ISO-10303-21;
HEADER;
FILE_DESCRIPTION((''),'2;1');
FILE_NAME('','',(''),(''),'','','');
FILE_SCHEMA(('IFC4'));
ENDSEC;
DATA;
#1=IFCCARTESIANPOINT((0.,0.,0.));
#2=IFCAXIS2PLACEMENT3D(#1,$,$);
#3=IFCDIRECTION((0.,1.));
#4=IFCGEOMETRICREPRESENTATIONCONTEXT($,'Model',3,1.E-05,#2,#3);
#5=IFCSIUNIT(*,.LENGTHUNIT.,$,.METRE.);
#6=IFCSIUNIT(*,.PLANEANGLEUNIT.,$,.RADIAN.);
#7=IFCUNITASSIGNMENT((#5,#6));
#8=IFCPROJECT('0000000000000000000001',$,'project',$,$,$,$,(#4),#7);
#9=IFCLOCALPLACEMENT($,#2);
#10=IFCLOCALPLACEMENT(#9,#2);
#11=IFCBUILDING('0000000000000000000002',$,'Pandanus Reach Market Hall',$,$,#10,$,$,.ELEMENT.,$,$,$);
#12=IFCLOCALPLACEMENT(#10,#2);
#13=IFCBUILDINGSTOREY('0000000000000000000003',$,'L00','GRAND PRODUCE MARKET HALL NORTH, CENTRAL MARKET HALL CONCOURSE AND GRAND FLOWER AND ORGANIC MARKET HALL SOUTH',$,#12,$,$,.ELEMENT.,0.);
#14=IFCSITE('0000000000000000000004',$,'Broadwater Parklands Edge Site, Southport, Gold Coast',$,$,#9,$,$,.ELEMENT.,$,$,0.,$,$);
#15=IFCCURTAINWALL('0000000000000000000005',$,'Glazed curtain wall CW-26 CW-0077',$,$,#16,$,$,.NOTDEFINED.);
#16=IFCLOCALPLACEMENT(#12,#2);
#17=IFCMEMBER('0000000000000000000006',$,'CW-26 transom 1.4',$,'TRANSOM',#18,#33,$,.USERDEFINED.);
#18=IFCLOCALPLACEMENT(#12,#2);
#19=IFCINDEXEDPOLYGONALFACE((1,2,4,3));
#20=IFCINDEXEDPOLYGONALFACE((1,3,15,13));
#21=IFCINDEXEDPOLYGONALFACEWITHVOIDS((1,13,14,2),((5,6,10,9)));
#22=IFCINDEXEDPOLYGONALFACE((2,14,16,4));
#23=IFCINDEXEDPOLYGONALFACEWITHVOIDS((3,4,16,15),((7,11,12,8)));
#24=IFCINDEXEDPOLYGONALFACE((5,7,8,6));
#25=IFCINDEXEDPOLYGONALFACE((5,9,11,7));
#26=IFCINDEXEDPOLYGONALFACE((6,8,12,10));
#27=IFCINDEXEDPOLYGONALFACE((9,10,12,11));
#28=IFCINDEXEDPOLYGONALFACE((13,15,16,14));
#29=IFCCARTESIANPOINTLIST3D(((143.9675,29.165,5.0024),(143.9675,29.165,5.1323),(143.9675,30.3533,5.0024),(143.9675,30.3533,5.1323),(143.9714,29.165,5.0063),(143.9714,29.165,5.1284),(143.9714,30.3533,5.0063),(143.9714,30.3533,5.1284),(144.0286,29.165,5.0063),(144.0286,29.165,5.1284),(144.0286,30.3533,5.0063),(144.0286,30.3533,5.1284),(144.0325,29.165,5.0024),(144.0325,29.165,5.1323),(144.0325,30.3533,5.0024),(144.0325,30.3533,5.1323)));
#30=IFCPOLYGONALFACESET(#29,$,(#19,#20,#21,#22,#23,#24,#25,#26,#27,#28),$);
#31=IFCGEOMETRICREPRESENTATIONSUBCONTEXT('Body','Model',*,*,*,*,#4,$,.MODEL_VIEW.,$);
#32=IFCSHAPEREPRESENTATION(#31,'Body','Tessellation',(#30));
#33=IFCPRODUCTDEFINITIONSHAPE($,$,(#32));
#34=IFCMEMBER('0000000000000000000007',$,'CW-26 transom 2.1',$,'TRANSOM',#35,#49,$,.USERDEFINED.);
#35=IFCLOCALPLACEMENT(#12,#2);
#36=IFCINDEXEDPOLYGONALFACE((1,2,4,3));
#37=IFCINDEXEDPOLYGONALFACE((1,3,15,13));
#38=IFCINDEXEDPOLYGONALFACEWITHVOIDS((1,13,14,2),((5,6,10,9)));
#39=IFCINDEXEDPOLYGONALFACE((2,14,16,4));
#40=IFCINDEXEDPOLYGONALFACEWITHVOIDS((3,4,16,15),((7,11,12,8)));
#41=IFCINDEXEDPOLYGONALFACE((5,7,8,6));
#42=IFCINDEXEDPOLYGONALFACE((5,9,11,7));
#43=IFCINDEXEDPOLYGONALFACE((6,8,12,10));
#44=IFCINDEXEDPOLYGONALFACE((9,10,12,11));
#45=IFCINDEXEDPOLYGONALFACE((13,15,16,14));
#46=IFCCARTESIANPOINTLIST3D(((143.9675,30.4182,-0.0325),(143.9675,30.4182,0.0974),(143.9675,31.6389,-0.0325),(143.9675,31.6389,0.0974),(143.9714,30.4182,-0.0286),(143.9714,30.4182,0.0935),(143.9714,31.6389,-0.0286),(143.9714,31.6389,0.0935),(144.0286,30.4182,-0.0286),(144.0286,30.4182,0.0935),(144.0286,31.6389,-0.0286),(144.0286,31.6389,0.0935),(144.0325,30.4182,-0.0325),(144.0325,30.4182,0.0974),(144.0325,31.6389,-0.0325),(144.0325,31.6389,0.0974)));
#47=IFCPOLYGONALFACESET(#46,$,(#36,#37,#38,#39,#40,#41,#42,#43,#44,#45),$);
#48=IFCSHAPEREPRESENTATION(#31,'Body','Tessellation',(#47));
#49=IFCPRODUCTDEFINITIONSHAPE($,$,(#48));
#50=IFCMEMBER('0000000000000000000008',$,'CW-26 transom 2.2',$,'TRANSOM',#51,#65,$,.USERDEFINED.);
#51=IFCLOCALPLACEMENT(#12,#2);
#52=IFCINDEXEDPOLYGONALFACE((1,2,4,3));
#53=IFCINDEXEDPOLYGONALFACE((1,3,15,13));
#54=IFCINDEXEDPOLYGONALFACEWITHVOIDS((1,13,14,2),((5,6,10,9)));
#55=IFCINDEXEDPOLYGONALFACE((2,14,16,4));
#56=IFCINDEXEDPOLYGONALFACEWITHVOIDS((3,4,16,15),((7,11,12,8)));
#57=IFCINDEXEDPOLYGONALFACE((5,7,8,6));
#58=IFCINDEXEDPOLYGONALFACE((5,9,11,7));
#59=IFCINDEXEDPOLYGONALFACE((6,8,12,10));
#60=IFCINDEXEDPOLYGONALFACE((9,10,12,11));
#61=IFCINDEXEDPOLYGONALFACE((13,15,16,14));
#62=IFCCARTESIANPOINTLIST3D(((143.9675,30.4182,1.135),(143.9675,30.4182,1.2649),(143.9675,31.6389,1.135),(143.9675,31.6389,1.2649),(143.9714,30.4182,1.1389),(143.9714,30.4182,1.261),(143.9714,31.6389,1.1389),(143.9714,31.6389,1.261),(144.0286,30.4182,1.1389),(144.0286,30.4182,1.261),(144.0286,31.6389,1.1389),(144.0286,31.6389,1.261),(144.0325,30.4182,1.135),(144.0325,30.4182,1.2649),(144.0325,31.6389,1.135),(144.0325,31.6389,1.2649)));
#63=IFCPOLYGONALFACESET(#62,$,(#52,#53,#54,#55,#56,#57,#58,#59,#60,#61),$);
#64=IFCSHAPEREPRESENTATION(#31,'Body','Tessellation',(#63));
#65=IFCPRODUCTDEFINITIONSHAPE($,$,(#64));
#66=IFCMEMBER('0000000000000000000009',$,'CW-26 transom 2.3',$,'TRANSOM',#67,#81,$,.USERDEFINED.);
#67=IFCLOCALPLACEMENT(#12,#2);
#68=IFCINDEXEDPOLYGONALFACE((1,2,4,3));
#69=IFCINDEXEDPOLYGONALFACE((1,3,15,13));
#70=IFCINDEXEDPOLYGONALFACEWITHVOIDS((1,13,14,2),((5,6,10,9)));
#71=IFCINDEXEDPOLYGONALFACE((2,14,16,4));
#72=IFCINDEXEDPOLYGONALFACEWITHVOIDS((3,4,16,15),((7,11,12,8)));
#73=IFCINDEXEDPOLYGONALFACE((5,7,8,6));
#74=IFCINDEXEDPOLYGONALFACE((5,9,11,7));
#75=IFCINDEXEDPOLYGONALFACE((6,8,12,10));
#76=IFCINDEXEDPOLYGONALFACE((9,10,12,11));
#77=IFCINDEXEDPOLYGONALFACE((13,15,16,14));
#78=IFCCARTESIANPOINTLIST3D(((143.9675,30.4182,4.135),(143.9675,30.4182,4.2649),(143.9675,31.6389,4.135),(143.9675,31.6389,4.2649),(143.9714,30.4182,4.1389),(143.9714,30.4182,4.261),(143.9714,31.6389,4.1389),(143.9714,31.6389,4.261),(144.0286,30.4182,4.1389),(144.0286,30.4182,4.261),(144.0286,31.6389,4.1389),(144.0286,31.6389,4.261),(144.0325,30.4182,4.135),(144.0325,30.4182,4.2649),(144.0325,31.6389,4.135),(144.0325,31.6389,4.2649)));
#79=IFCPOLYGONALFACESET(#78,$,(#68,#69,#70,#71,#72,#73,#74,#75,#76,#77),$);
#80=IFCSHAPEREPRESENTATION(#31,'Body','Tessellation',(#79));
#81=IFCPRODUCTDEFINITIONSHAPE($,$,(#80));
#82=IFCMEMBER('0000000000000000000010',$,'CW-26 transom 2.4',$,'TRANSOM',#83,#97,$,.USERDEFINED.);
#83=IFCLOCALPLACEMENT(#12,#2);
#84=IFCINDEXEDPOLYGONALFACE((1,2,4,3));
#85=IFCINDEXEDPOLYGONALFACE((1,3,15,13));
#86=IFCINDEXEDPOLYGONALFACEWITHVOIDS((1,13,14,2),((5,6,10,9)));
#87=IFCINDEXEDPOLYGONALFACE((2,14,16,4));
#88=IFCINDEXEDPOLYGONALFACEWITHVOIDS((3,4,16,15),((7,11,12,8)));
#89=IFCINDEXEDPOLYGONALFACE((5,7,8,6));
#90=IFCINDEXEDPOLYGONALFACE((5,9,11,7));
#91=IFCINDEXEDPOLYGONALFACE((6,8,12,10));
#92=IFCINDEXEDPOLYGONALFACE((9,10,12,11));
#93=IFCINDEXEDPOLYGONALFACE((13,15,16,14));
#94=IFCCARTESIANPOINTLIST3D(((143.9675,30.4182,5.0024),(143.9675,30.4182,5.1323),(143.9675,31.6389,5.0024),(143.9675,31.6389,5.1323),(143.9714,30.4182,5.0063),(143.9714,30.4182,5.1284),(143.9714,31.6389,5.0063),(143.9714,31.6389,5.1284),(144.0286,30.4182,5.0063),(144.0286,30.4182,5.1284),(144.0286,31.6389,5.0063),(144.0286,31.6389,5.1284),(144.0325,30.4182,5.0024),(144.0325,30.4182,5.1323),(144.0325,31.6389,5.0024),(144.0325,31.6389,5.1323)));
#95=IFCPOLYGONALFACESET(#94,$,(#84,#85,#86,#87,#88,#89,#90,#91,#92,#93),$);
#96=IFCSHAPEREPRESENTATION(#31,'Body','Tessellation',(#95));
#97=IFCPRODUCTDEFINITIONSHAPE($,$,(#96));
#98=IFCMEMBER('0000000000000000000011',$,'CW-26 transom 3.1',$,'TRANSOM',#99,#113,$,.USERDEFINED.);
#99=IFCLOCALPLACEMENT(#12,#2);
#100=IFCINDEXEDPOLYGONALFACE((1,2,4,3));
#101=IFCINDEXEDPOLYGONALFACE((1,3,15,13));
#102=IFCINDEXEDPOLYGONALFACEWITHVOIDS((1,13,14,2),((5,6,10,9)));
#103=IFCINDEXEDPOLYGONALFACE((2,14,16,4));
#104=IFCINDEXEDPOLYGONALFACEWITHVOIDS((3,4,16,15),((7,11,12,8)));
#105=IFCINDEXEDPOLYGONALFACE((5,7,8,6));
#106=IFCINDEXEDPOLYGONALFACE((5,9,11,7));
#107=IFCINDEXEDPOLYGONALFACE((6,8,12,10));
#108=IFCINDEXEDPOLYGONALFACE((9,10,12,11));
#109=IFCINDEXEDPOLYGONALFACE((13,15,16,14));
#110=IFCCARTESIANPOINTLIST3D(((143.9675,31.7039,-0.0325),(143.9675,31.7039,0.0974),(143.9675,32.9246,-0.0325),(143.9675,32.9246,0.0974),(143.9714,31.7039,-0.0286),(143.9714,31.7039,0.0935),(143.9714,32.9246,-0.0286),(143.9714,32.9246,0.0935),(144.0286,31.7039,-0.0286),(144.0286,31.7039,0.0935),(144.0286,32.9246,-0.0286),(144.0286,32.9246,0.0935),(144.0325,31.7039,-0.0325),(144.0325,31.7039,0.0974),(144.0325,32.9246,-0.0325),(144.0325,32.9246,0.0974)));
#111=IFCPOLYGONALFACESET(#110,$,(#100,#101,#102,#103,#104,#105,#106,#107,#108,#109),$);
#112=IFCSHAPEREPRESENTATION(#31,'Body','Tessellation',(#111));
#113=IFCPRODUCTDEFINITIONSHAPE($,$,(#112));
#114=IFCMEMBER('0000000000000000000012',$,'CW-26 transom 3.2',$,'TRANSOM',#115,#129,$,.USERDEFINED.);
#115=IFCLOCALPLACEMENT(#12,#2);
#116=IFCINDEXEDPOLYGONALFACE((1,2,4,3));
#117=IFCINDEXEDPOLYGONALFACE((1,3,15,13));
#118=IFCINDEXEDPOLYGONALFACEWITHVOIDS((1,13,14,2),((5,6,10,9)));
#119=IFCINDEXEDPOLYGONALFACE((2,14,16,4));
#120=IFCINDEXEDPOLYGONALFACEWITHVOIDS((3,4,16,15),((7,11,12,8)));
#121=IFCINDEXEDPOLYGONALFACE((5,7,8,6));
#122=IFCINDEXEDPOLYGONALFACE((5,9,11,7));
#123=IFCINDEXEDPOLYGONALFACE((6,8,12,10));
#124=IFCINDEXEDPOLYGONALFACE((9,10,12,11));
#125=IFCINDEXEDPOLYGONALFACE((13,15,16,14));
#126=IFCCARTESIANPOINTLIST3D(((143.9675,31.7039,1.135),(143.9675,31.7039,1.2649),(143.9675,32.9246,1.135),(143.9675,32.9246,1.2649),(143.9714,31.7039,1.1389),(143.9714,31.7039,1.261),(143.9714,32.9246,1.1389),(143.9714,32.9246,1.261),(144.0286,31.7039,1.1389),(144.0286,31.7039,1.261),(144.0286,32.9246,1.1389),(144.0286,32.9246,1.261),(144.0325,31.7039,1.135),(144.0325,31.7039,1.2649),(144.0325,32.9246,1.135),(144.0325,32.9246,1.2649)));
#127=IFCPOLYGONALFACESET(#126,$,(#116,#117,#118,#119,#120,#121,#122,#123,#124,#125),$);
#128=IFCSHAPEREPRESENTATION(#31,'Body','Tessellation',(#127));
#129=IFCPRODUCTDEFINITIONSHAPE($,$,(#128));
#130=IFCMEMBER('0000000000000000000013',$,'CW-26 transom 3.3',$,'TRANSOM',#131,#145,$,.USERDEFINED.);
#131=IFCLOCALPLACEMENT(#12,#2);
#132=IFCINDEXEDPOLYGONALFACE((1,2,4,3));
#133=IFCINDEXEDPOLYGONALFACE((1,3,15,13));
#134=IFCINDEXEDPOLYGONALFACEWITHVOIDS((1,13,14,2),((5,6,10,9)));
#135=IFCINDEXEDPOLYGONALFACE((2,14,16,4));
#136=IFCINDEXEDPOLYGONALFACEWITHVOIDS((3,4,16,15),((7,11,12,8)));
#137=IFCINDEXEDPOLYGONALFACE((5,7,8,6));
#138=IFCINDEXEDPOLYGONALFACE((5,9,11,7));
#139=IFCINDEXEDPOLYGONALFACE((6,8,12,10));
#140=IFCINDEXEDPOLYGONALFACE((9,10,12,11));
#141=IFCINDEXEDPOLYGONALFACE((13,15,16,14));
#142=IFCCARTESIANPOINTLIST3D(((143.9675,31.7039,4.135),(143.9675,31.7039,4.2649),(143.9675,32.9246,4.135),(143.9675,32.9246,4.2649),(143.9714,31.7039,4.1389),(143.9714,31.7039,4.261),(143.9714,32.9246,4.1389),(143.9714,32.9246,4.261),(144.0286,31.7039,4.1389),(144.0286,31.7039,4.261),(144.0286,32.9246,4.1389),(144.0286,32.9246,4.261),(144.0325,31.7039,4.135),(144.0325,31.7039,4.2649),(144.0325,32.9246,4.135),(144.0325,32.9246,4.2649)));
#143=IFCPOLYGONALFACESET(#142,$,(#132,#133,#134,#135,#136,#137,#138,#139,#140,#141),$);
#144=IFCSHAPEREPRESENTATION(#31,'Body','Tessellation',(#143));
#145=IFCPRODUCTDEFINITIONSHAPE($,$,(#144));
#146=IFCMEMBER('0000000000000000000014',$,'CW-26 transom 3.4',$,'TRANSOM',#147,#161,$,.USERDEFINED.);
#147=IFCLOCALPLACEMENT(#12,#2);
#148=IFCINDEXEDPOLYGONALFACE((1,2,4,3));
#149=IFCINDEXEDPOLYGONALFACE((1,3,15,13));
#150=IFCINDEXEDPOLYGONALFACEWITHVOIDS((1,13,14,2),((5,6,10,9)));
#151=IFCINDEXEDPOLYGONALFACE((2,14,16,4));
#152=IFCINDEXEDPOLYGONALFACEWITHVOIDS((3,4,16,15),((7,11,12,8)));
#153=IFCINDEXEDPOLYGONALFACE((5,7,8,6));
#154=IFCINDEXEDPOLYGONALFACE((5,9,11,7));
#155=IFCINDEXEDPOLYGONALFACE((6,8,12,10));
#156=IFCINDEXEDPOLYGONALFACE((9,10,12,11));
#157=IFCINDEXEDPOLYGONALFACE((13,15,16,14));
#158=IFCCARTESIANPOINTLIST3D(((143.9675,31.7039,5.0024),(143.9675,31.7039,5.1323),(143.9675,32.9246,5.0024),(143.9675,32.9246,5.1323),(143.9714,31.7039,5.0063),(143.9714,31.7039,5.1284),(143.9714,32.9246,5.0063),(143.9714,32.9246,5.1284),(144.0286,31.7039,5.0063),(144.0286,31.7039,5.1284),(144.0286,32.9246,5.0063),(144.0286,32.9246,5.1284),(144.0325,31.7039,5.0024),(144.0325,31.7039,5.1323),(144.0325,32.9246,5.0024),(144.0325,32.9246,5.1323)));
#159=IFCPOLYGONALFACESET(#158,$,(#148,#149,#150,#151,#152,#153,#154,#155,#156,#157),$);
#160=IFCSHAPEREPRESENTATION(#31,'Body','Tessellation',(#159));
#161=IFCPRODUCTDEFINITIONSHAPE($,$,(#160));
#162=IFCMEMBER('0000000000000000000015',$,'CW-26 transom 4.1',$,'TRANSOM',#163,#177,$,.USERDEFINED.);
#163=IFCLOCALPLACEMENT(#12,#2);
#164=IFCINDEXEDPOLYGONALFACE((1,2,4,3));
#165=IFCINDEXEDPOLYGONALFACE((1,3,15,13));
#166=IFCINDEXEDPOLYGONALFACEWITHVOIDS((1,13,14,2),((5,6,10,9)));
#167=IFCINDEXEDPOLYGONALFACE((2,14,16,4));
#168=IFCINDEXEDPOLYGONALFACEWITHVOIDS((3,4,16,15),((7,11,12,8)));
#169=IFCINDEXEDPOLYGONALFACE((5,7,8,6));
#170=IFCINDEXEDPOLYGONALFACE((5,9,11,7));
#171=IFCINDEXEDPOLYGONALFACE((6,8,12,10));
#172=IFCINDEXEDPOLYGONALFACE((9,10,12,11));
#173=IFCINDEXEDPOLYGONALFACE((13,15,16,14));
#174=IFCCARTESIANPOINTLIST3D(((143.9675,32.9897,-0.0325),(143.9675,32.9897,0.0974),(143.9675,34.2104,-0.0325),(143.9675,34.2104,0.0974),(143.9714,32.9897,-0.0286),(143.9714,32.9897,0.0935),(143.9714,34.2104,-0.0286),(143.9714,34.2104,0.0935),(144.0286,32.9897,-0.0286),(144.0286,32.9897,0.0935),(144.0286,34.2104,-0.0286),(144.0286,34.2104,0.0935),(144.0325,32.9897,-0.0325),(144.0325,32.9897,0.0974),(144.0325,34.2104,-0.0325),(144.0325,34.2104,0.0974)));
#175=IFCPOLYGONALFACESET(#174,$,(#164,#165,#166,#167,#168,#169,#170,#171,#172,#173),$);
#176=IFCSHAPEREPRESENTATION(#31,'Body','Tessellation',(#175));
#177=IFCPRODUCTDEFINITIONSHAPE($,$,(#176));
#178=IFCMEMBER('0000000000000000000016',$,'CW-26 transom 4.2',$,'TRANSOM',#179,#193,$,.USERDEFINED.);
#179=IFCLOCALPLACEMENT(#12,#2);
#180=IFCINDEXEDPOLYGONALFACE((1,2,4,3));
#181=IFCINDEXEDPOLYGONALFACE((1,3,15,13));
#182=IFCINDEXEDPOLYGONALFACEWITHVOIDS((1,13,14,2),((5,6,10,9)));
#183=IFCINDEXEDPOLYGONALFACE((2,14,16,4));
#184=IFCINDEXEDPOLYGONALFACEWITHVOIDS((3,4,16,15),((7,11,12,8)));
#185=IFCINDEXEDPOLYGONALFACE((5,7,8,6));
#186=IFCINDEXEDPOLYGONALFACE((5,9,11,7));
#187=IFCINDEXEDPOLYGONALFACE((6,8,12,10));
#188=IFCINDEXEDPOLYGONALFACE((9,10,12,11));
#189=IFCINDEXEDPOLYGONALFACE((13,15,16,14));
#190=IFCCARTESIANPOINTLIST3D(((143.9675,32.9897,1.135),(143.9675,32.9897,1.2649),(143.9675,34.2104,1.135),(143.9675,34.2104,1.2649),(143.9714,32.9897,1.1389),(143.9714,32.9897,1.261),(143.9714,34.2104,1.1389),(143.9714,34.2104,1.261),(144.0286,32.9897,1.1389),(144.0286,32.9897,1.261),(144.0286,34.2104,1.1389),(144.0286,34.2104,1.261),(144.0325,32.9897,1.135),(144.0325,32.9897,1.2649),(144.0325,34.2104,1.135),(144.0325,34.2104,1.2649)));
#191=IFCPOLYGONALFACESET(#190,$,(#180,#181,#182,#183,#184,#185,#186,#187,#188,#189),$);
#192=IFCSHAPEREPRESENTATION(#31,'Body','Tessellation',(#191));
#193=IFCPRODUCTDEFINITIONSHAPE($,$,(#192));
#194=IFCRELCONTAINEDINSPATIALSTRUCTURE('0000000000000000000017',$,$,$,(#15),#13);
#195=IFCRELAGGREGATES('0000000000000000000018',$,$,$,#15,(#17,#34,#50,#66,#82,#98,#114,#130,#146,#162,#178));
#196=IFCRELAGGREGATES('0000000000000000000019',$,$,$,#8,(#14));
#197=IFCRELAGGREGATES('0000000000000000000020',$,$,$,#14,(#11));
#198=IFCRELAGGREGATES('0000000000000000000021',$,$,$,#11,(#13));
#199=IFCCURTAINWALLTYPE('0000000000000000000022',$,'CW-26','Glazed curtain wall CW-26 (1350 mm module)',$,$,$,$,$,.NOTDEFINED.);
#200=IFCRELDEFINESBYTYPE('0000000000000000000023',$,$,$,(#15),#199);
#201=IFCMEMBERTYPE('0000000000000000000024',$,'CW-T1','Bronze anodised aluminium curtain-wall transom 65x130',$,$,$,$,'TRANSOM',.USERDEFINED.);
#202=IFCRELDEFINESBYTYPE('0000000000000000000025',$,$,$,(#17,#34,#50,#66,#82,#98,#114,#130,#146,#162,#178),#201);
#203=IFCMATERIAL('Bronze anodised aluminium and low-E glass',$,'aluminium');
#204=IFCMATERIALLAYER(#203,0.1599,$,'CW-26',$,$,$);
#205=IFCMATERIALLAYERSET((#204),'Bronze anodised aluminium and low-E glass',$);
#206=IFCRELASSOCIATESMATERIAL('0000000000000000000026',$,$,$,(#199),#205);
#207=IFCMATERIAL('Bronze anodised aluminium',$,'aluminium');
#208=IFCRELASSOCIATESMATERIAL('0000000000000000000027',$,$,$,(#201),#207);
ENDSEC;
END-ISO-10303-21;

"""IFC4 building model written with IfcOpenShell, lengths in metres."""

from ifc_helpers import new_model, si_unit, direction, frame, origin, origin_2d, place, context, subcontext, project, spatial, hollow_rectangle, extrude, material, layer, layer_set, material_profile, profile_set, type_object, element, aggregate, save


model = new_model("IFC4")

# Units and contexts
model_context = context("Model", 3, precision=1e-05, world=origin(), true_north=direction((0.0, 1.0)))
body_context = subcontext(model_context, "Body", "Model", "MODEL_VIEW")
ifc_project = project(units=[si_unit("LENGTHUNIT", "METRE"), si_unit("PLANEANGLEUNIT", "RADIAN")], contexts=[model_context])

# Site, building, storey
site_placement = place(None, origin())
site = spatial("IfcSite", under=ifc_project, at=site_placement, Name="Broadwater Parklands Edge Site, Southport, Gold Coast", CompositionType="ELEMENT", RefElevation=0.0)
building_placement = place(site_placement, origin())
building = spatial("IfcBuilding", under=site, at=building_placement, Name="Pandanus Reach Market Hall", CompositionType="ELEMENT")
storey_placement = place(building_placement, origin())
storey = spatial("IfcBuildingStorey", under=building, at=storey_placement, Name="L00", Description="GRAND PRODUCE MARKET HALL NORTH, CENTRAL MARKET HALL CONCOURSE AND GRAND FLOWER AND ORGANIC MARKET HALL SOUTH", CompositionType="ELEMENT", Elevation=0.0)

# Curtain wall, members
ifc_material_1 = material(Name="Bronze anodised aluminium and low-E glass", Category="aluminium")
ifc_layer_1 = layer(ifc_material_1, 0.1599, Name="CW-26")
ifc_layer_set_1 = layer_set([ifc_layer_1], Name="Bronze anodised aluminium and low-E glass")
curtain_wall_type = type_object("IfcCurtainWallType", Name="CW-26", Description="Glazed curtain wall CW-26 (1350 mm module)", PredefinedType="NOTDEFINED", material=ifc_layer_set_1)
curtain_wall_placement = place(storey_placement, origin())
curtain_wall = element("IfcCurtainWall", 1, at=curtain_wall_placement, inside=storey, type_object=curtain_wall_type, Name="Glazed curtain wall CW-26 CW-0077", PredefinedType="NOTDEFINED")
ifc_material_2 = material(Name="Bronze anodised aluminium", Category="aluminium")
ifc_material_profile_1 = material_profile(ifc_material_2, hollow_rectangle(XDim=0.0649, YDim=0.1299, WallThickness=0.0039, at=origin_2d()), Name="ALU65x130", Category="LoadBearing")
ifc_profile_set_1 = profile_set([ifc_material_profile_1], Name="Bronze anodised aluminium")
member_type_1 = type_object("IfcMemberType", Name="CW-T1", Description="Bronze anodised aluminium curtain-wall transom 65x130", ElementType="TRANSOM", PredefinedType="USERDEFINED", material=ifc_profile_set_1)
member_1_placement = place(storey_placement, frame((144.0, 29.165, 5.0674), z_axis=(0.0, 1.0, 0.0), x_axis=(-1.0, 0.0, 0.0)))
member_1 = element("IfcMember", 2, at=member_1_placement, type_object=member_type_1, Name="CW-26 transom 1.4", ObjectType="TRANSOM", PredefinedType="USERDEFINED", context=body_context, shape_type="SweptSolid", body=[
    extrude(hollow_rectangle(XDim=0.0649, YDim=0.1299, WallThickness=0.0039, at=origin_2d()), origin(), (0.0, 0.0, 1.0), 1.1882),
])
member_2_placement = place(storey_placement, frame((144.0, 30.4182, 0.0325), z_axis=(0.0, 1.0, 0.0), x_axis=(-1.0, 0.0, 0.0)))
member_2 = element("IfcMember", 3, at=member_2_placement, type_object=member_type_1, Name="CW-26 transom 2.1", ObjectType="TRANSOM", PredefinedType="USERDEFINED", context=body_context, shape_type="SweptSolid", body=[
    extrude(hollow_rectangle(XDim=0.0649, YDim=0.1299, WallThickness=0.0039, at=origin_2d()), origin(), (0.0, 0.0, 1.0), 1.2207),
])
member_3_placement = place(storey_placement, frame((144.0, 30.4182, 1.2), z_axis=(0.0, 1.0, 0.0), x_axis=(-1.0, 0.0, 0.0)))
member_3 = element("IfcMember", 4, at=member_3_placement, type_object=member_type_1, Name="CW-26 transom 2.2", ObjectType="TRANSOM", PredefinedType="USERDEFINED", context=body_context, shape_type="SweptSolid", body=[
    extrude(hollow_rectangle(XDim=0.0649, YDim=0.1299, WallThickness=0.0039, at=origin_2d()), origin(), (0.0, 0.0, 1.0), 1.2207),
])
member_4_placement = place(storey_placement, frame((144.0, 30.4182, 4.2), z_axis=(0.0, 1.0, 0.0), x_axis=(-1.0, 0.0, 0.0)))
member_4 = element("IfcMember", 5, at=member_4_placement, type_object=member_type_1, Name="CW-26 transom 2.3", ObjectType="TRANSOM", PredefinedType="USERDEFINED", context=body_context, shape_type="SweptSolid", body=[
    extrude(hollow_rectangle(XDim=0.0649, YDim=0.1299, WallThickness=0.0039, at=origin_2d()), origin(), (0.0, 0.0, 1.0), 1.2207),
])
member_5_placement = place(storey_placement, frame((144.0, 30.4182, 5.0674), z_axis=(0.0, 1.0, 0.0), x_axis=(-1.0, 0.0, 0.0)))
member_5 = element("IfcMember", 6, at=member_5_placement, type_object=member_type_1, Name="CW-26 transom 2.4", ObjectType="TRANSOM", PredefinedType="USERDEFINED", context=body_context, shape_type="SweptSolid", body=[
    extrude(hollow_rectangle(XDim=0.0649, YDim=0.1299, WallThickness=0.0039, at=origin_2d()), origin(), (0.0, 0.0, 1.0), 1.2207),
])
member_6_placement = place(storey_placement, frame((144.0, 31.7039, 0.0325), z_axis=(0.0, 1.0, 0.0), x_axis=(-1.0, 0.0, 0.0)))
member_6 = element("IfcMember", 7, at=member_6_placement, type_object=member_type_1, Name="CW-26 transom 3.1", ObjectType="TRANSOM", PredefinedType="USERDEFINED", context=body_context, shape_type="SweptSolid", body=[
    extrude(hollow_rectangle(XDim=0.0649, YDim=0.1299, WallThickness=0.0039, at=origin_2d()), origin(), (0.0, 0.0, 1.0), 1.2207),
])
member_7_placement = place(storey_placement, frame((144.0, 31.7039, 1.2), z_axis=(0.0, 1.0, 0.0), x_axis=(-1.0, 0.0, 0.0)))
member_7 = element("IfcMember", 8, at=member_7_placement, type_object=member_type_1, Name="CW-26 transom 3.2", ObjectType="TRANSOM", PredefinedType="USERDEFINED", context=body_context, shape_type="SweptSolid", body=[
    extrude(hollow_rectangle(XDim=0.0649, YDim=0.1299, WallThickness=0.0039, at=origin_2d()), origin(), (0.0, 0.0, 1.0), 1.2207),
])
member_8_placement = place(storey_placement, frame((144.0, 31.7039, 4.2), z_axis=(0.0, 1.0, 0.0), x_axis=(-1.0, 0.0, 0.0)))
member_8 = element("IfcMember", 9, at=member_8_placement, type_object=member_type_1, Name="CW-26 transom 3.3", ObjectType="TRANSOM", PredefinedType="USERDEFINED", context=body_context, shape_type="SweptSolid", body=[
    extrude(hollow_rectangle(XDim=0.0649, YDim=0.1299, WallThickness=0.0039, at=origin_2d()), origin(), (0.0, 0.0, 1.0), 1.2207),
])
member_9_placement = place(storey_placement, frame((144.0, 31.7039, 5.0674), z_axis=(0.0, 1.0, 0.0), x_axis=(-1.0, 0.0, 0.0)))
member_9 = element("IfcMember", 10, at=member_9_placement, type_object=member_type_1, Name="CW-26 transom 3.4", ObjectType="TRANSOM", PredefinedType="USERDEFINED", context=body_context, shape_type="SweptSolid", body=[
    extrude(hollow_rectangle(XDim=0.0649, YDim=0.1299, WallThickness=0.0039, at=origin_2d()), origin(), (0.0, 0.0, 1.0), 1.2207),
])
member_10_placement = place(storey_placement, frame((144.0, 32.9897, 0.0325), z_axis=(0.0, 1.0, 0.0), x_axis=(-1.0, 0.0, 0.0)))
member_10 = element("IfcMember", 11, at=member_10_placement, type_object=member_type_1, Name="CW-26 transom 4.1", ObjectType="TRANSOM", PredefinedType="USERDEFINED", context=body_context, shape_type="SweptSolid", body=[
    extrude(hollow_rectangle(XDim=0.0649, YDim=0.1299, WallThickness=0.0039, at=origin_2d()), origin(), (0.0, 0.0, 1.0), 1.2207),
])
member_11_placement = place(storey_placement, frame((144.0, 32.9897, 1.2), z_axis=(0.0, 1.0, 0.0), x_axis=(-1.0, 0.0, 0.0)))
member_11 = element("IfcMember", 12, at=member_11_placement, type_object=member_type_1, Name="CW-26 transom 4.2", ObjectType="TRANSOM", PredefinedType="USERDEFINED", context=body_context, shape_type="SweptSolid", body=[
    extrude(hollow_rectangle(XDim=0.0649, YDim=0.1299, WallThickness=0.0039, at=origin_2d()), origin(), (0.0, 0.0, 1.0), 1.2207),
])

aggregate(curtain_wall, [member_1, member_2, member_3, member_4, member_5, member_6, member_7, member_8, member_9, member_10, member_11])

save(model, "model.ifc")
